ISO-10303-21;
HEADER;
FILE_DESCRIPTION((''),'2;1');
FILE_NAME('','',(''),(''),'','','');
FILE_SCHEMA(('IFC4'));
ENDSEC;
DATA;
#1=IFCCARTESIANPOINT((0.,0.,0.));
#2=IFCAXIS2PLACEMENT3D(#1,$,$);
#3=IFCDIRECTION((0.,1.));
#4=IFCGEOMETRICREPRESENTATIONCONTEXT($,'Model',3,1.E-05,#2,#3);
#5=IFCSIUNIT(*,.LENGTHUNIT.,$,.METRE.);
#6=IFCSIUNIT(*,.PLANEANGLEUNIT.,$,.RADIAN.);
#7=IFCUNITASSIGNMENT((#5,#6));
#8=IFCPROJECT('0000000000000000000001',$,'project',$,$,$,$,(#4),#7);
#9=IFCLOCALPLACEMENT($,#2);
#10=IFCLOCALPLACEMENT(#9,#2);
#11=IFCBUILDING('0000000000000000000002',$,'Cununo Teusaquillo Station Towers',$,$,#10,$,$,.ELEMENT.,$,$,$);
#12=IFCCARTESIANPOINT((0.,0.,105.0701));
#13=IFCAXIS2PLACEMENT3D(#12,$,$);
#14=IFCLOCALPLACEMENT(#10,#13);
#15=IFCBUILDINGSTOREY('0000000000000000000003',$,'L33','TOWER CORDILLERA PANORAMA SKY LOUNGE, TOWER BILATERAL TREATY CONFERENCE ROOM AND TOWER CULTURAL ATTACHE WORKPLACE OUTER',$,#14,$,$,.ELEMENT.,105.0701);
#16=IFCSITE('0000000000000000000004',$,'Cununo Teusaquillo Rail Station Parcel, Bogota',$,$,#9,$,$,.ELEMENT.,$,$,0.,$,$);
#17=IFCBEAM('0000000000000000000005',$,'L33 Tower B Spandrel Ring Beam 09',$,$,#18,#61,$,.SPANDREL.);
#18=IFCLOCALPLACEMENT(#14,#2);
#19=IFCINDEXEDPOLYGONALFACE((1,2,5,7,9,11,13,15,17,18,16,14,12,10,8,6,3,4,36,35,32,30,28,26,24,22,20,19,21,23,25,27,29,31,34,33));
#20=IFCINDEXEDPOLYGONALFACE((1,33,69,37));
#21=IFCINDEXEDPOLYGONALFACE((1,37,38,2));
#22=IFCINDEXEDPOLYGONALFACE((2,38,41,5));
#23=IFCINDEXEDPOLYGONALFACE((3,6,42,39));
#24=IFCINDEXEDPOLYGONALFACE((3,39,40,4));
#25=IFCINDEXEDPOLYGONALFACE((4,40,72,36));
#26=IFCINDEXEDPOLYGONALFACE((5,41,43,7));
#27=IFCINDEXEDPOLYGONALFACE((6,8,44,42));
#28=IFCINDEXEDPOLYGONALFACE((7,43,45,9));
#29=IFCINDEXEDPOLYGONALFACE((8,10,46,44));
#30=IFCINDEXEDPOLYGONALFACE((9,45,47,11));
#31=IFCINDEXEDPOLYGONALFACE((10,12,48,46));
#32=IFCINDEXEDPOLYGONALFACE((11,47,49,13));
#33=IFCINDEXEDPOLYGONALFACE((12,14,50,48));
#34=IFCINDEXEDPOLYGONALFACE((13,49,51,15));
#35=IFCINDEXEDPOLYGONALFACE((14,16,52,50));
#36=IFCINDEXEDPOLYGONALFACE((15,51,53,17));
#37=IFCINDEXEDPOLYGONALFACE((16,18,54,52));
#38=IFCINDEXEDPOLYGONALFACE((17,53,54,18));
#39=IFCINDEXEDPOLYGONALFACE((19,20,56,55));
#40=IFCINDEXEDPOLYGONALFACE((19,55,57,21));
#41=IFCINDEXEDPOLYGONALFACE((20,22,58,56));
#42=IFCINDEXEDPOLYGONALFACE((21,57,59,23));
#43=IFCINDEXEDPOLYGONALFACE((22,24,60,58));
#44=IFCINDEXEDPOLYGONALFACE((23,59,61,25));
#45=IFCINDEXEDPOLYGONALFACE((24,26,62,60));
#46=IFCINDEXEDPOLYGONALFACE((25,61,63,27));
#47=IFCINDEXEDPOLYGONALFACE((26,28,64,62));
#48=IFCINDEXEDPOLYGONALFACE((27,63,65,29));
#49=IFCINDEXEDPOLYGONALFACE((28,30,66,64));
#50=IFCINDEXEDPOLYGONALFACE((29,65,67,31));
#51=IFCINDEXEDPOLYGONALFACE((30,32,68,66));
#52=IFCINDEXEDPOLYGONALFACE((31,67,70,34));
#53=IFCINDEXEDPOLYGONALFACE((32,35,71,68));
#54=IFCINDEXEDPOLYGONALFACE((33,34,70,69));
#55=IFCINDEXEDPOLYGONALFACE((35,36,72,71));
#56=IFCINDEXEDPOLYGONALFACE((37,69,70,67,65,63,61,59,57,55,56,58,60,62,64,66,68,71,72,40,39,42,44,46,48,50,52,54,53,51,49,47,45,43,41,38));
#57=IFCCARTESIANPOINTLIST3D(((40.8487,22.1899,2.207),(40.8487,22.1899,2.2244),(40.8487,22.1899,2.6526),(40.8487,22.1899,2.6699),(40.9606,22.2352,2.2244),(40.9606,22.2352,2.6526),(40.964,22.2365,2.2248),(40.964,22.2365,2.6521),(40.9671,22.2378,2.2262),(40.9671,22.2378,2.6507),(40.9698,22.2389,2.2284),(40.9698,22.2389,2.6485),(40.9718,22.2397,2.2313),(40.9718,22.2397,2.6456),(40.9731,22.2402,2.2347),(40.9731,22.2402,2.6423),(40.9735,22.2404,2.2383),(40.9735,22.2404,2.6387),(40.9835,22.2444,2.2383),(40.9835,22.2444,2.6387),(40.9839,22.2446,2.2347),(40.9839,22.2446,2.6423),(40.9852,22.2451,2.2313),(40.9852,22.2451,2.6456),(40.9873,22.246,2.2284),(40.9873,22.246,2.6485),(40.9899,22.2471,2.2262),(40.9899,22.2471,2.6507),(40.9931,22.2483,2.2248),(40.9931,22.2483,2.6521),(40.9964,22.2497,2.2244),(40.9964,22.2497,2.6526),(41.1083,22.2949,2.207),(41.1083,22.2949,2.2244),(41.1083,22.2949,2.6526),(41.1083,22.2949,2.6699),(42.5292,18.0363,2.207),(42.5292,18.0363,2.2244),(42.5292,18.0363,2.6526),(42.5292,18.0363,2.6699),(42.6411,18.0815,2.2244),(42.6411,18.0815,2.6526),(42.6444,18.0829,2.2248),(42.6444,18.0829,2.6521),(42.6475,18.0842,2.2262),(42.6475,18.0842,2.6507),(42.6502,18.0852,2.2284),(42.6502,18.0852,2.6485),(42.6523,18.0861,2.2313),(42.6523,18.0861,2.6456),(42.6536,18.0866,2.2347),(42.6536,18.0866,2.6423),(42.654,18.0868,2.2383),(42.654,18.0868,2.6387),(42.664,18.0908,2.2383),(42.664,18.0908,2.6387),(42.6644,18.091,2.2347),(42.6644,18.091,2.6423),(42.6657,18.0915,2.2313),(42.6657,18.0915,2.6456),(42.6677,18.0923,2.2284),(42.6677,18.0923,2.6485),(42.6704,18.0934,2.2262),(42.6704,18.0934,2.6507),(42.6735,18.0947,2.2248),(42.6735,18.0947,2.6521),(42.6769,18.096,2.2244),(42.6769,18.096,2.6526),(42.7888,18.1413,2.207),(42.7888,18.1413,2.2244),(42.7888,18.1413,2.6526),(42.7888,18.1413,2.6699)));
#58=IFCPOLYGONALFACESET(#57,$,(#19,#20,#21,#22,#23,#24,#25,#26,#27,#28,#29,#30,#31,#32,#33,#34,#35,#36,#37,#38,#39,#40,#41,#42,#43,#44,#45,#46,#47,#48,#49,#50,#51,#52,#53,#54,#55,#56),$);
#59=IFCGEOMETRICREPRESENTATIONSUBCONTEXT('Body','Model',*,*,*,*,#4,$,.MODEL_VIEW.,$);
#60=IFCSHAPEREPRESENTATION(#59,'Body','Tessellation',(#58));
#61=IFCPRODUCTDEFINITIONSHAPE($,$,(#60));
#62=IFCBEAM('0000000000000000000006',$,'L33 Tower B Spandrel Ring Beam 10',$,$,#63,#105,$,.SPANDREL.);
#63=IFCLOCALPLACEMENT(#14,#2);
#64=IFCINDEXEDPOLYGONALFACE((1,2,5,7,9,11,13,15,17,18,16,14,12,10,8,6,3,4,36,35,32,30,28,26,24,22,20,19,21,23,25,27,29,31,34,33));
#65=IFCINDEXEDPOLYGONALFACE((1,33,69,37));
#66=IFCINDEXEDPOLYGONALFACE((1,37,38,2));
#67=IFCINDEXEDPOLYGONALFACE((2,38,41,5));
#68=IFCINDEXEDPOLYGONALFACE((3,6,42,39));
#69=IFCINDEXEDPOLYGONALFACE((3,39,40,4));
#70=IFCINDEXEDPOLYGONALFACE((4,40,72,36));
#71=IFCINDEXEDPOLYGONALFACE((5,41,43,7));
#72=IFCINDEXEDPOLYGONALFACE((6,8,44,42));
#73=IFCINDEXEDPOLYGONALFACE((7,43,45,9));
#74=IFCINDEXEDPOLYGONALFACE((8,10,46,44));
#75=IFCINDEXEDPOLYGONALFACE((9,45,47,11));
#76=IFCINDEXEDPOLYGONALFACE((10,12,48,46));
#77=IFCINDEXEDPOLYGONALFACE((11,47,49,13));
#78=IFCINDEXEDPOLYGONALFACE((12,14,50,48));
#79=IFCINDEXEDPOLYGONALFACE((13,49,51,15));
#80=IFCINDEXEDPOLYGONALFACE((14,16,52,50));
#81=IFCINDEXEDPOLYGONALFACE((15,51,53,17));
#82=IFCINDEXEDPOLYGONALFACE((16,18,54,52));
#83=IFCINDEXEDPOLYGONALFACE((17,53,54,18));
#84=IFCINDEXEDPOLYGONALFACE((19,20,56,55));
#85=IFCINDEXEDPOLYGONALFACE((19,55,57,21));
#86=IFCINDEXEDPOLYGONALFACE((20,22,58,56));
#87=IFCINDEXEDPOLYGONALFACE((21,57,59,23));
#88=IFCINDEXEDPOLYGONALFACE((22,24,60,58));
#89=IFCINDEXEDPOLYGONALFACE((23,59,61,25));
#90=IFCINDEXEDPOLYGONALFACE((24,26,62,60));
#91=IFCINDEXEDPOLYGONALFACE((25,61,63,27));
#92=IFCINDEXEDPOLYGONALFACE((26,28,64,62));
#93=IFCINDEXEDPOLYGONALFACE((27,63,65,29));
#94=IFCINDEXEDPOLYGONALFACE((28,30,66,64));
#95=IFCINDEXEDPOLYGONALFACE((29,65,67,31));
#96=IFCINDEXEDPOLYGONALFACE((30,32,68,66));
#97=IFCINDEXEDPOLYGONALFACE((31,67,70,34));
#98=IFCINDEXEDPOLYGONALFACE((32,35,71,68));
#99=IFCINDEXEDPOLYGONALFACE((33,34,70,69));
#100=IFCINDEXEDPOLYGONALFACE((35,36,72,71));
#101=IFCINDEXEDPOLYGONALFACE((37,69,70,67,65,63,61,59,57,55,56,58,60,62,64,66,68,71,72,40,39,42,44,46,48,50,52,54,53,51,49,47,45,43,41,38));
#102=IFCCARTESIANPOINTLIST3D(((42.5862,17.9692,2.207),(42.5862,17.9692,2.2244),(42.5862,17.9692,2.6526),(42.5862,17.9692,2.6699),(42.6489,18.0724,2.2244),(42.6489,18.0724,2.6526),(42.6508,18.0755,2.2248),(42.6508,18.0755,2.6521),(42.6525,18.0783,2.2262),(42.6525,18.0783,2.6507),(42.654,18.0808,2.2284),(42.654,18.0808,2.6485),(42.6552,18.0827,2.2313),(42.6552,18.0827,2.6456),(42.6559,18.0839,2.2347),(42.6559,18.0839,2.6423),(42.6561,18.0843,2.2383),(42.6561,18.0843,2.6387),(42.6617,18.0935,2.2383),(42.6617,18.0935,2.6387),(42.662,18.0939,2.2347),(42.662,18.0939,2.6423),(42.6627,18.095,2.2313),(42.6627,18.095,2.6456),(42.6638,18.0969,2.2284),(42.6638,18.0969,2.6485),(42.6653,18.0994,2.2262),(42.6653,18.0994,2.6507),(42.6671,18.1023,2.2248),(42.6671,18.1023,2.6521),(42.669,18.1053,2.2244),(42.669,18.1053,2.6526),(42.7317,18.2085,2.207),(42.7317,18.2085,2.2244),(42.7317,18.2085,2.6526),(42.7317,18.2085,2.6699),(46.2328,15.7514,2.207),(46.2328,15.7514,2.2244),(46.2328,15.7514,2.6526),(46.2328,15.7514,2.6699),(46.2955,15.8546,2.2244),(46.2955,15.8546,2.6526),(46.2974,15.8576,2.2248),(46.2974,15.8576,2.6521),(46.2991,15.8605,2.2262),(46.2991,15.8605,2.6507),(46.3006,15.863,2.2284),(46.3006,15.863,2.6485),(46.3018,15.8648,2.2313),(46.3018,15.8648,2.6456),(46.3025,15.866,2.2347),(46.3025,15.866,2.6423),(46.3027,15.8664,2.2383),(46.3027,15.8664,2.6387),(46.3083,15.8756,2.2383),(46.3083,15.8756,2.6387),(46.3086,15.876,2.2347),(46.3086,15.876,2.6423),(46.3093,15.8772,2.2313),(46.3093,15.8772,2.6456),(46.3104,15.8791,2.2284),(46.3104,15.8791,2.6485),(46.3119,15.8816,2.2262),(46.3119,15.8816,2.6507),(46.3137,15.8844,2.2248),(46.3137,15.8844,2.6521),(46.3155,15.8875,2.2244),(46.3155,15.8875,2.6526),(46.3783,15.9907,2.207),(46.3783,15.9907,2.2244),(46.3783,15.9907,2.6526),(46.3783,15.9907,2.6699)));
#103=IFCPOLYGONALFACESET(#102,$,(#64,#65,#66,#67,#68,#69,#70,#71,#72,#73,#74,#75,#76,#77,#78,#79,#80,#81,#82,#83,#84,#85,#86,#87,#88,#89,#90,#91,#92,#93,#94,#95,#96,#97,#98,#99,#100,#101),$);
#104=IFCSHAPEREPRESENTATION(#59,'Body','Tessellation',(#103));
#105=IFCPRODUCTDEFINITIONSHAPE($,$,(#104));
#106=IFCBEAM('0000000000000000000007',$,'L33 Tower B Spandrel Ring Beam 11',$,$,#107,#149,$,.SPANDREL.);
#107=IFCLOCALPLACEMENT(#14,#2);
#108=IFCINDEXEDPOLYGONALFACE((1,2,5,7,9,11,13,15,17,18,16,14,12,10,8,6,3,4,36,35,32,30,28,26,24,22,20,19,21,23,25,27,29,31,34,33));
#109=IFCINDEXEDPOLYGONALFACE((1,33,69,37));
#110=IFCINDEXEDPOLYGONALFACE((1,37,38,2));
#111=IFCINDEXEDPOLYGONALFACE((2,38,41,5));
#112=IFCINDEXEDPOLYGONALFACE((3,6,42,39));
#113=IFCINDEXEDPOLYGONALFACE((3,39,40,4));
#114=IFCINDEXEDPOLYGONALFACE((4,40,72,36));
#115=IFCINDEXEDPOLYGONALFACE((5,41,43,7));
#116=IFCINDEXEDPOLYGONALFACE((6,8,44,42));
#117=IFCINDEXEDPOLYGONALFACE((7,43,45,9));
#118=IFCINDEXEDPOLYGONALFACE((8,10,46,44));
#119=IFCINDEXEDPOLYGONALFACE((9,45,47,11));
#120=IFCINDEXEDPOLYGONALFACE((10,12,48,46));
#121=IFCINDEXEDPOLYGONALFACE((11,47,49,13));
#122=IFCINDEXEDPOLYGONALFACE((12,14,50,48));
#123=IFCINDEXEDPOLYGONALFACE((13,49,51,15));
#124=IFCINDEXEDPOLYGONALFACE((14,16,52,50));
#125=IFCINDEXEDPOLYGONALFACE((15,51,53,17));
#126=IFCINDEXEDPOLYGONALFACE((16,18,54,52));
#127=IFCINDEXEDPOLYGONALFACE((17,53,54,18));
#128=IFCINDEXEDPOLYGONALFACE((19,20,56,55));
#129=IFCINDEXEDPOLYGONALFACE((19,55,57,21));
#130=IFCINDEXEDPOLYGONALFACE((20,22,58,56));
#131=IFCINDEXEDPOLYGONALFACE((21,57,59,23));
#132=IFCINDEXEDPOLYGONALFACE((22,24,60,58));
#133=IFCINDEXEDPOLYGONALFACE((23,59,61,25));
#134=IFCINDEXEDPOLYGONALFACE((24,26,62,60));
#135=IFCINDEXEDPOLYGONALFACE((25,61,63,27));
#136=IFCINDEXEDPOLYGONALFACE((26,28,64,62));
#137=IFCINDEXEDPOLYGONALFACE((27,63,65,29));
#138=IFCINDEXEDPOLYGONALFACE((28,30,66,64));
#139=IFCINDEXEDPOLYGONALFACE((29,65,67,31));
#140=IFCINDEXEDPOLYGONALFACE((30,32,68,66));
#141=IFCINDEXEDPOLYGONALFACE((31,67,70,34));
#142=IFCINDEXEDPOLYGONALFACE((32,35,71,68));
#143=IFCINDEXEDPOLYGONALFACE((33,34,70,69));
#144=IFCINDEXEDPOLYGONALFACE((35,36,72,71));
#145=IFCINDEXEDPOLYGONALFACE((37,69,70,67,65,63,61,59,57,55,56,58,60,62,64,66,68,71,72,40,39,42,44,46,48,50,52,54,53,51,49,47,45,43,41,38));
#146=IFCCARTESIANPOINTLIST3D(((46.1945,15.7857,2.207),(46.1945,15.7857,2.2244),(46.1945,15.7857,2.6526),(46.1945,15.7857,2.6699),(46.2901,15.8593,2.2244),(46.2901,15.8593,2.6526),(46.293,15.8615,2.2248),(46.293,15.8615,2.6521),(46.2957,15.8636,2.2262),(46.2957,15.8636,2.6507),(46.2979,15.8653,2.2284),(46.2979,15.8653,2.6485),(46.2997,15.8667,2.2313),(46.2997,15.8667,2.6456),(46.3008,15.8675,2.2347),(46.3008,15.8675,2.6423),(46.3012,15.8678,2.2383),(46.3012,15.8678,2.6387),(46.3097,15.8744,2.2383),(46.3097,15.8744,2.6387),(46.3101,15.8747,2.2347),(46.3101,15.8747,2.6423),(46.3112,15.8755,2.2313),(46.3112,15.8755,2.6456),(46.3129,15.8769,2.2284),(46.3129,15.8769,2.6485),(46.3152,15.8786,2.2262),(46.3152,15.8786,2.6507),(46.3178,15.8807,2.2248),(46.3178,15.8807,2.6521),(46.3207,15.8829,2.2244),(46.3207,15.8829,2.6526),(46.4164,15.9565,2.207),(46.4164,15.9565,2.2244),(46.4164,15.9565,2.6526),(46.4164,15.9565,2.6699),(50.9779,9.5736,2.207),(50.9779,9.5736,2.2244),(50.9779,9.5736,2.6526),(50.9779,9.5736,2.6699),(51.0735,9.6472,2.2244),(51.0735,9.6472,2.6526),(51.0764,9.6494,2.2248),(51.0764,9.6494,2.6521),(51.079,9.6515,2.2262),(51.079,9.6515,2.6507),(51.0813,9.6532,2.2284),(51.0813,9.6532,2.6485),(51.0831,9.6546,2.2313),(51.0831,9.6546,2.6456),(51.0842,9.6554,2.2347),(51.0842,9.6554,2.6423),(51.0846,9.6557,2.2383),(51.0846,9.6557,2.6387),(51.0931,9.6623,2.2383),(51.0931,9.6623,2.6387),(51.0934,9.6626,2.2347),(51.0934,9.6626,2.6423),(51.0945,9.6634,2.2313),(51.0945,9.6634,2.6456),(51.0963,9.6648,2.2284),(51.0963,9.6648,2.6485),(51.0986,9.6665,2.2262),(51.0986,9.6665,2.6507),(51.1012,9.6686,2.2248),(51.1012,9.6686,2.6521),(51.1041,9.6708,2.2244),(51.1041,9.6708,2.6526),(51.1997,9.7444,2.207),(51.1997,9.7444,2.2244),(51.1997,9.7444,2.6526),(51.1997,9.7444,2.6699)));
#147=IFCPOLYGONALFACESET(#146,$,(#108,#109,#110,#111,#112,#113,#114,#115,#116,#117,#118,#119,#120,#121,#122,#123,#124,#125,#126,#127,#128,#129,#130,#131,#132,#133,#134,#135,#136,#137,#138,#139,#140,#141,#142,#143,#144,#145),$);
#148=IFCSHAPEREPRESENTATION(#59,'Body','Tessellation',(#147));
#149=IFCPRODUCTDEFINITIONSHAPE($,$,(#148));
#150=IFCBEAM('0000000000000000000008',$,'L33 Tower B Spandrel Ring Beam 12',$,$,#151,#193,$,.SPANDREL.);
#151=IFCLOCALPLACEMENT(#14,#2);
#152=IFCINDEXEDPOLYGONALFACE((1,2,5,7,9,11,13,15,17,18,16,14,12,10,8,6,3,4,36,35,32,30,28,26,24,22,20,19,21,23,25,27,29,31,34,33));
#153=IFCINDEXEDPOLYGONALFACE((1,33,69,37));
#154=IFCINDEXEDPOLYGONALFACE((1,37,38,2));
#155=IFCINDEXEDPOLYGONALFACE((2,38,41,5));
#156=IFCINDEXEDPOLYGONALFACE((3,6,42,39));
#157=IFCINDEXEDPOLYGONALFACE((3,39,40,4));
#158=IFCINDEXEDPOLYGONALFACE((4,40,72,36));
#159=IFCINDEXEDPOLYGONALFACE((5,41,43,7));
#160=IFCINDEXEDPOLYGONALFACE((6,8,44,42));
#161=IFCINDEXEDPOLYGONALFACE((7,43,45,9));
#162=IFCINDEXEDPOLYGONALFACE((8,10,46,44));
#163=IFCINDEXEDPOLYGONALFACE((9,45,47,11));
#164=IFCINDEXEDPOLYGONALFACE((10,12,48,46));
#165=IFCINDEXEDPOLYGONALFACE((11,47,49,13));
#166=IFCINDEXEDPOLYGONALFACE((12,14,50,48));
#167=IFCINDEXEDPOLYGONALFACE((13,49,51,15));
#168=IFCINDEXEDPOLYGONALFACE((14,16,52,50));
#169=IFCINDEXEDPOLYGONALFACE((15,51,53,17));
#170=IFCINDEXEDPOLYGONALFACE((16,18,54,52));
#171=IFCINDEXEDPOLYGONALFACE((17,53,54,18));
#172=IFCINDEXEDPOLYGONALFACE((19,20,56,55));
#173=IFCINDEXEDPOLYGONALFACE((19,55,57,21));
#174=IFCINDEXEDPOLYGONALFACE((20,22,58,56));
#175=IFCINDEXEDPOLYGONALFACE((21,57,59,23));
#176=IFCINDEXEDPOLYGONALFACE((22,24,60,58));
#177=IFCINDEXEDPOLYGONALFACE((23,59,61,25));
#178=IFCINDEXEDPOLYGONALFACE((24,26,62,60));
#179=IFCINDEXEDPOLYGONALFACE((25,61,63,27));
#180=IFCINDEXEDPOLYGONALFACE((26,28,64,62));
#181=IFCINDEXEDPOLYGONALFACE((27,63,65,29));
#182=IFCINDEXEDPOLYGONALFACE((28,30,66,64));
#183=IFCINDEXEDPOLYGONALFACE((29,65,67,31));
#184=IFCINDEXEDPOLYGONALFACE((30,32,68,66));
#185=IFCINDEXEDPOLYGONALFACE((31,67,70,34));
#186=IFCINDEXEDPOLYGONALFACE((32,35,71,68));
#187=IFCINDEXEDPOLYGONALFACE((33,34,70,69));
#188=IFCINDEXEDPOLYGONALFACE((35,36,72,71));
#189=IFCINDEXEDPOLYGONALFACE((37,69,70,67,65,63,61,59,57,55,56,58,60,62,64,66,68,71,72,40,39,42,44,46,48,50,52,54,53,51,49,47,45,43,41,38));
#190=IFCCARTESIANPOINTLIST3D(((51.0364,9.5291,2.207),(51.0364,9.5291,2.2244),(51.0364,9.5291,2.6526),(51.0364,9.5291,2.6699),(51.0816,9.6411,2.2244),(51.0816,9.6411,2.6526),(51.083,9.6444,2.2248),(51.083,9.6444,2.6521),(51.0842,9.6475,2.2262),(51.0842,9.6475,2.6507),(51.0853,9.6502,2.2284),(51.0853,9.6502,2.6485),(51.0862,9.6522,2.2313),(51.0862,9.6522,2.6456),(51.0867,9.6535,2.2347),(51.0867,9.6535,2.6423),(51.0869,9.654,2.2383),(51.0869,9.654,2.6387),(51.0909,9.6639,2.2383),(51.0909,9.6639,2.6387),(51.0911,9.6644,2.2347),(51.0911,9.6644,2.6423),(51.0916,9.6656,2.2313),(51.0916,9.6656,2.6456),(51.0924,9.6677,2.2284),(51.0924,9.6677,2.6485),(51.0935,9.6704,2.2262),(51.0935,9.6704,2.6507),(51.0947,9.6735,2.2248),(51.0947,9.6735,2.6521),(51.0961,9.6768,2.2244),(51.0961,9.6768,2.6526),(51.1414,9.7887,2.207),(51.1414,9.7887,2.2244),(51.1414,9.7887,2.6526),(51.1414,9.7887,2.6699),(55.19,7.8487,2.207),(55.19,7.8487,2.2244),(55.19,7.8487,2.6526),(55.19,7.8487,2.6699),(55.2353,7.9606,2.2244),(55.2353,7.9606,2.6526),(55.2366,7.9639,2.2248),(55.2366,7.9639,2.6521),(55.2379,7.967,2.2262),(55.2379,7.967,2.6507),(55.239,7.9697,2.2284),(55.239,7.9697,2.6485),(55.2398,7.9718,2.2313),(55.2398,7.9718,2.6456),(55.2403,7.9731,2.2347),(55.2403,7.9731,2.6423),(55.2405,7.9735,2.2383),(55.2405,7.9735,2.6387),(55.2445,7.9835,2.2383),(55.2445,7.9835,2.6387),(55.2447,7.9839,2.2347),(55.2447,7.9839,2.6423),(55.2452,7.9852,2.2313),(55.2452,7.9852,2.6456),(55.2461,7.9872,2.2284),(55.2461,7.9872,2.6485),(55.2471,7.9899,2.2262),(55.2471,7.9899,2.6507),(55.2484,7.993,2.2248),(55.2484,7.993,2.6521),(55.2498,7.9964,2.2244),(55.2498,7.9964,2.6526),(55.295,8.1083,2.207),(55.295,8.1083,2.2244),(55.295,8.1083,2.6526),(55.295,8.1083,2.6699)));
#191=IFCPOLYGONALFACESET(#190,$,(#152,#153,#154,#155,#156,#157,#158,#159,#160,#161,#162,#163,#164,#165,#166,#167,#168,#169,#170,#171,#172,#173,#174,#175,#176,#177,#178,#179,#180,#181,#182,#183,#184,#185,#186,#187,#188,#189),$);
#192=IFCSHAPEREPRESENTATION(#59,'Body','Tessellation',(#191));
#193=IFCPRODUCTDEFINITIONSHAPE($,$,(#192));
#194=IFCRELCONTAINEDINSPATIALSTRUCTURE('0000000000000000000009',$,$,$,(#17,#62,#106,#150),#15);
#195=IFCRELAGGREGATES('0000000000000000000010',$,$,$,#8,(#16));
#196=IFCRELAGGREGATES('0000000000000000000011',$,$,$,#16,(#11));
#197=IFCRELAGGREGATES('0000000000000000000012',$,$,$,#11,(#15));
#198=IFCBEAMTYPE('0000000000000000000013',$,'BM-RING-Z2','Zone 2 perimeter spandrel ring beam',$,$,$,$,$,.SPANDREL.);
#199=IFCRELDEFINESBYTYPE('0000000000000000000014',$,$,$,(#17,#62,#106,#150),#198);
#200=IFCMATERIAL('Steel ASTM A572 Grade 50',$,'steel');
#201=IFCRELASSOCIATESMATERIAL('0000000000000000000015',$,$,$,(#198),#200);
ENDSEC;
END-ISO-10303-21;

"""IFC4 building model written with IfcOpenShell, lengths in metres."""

from ifc_helpers import new_model, si_unit, direction, frame, origin, origin_2d, place, context, subcontext, project, spatial, i_section, extrude, material, material_profile, profile_set, type_object, element, save


model = new_model("IFC4")

# Units and contexts
model_context = context("Model", 3, precision=1e-05, world=origin(), true_north=direction((0.0, 1.0)))
body_context = subcontext(model_context, "Body", "Model", "MODEL_VIEW")
ifc_project = project(units=[si_unit("LENGTHUNIT", "METRE"), si_unit("PLANEANGLEUNIT", "RADIAN")], contexts=[model_context])

# Site, building, storey
site_placement = place(None, origin())
site = spatial("IfcSite", under=ifc_project, at=site_placement, Name="Cununo Teusaquillo Rail Station Parcel, Bogota", CompositionType="ELEMENT", RefElevation=0.0)
building_placement = place(site_placement, origin())
building = spatial("IfcBuilding", under=site, at=building_placement, Name="Cununo Teusaquillo Station Towers", CompositionType="ELEMENT")
storey_placement = place(building_placement, frame((0.0, 0.0, 105.0701)))
storey = spatial("IfcBuildingStorey", under=building, at=storey_placement, Name="L33", Description="TOWER CORDILLERA PANORAMA SKY LOUNGE, TOWER BILATERAL TREATY CONFERENCE ROOM AND TOWER CULTURAL ATTACHE WORKPLACE OUTER", CompositionType="ELEMENT", Elevation=105.0701)

# Beams
ifc_material_1 = material(Name="Steel ASTM A572 Grade 50", Category="steel")
ifc_material_profile_1 = material_profile(ifc_material_1, i_section(OverallWidth=0.28, OverallDepth=0.4629, WebThickness=0.0107, FlangeThickness=0.0173, FilletRadius=0.0139, at=origin_2d()), Name="W18X76")
ifc_profile_set_1 = profile_set([ifc_material_profile_1], Name="Steel ASTM A572 Grade 50")
beam_type_1 = type_object("IfcBeamType", Name="BM-RING-Z2", Description="Zone 2 perimeter spandrel ring beam", PredefinedType="SPANDREL", material=ifc_profile_set_1)
beam_1_placement = place(storey_placement, frame((40.9785, 22.2424, 2.4385), z_axis=(0.375042, -0.927008, 0.0), x_axis=(0.927008, 0.375042, 0.0)))
element("IfcBeam", 1, at=beam_1_placement, inside=storey, type_object=beam_type_1, Name="L33 Tower B Spandrel Ring Beam 09", PredefinedType="SPANDREL", context=body_context, shape_type="SweptSolid", body=[
    extrude(i_section(OverallWidth=0.28, OverallDepth=0.4629, WebThickness=0.0107, FlangeThickness=0.0173, FilletRadius=0.0139, at=origin_2d()), origin(), (0.0, 0.0, 1.0), 4.4807),
])
beam_2_placement = place(storey_placement, frame((42.6589, 18.0889, 2.4385), z_axis=(0.854388, -0.519635, 0.0), x_axis=(0.519635, 0.854388, 0.0)))
element("IfcBeam", 2, at=beam_2_placement, inside=storey, type_object=beam_type_1, Name="L33 Tower B Spandrel Ring Beam 10", PredefinedType="SPANDREL", context=body_context, shape_type="SweptSolid", body=[
    extrude(i_section(OverallWidth=0.28, OverallDepth=0.4629, WebThickness=0.0107, FlangeThickness=0.0173, FilletRadius=0.0139, at=origin_2d()), origin(), (0.0, 0.0, 1.0), 4.2681),
])
beam_3_placement = place(storey_placement, frame((46.3054, 15.8711, 2.4385), z_axis=(0.6101, -0.792324, 0.0), x_axis=(0.792324, 0.6101, 0.0)))
element("IfcBeam", 3, at=beam_3_placement, inside=storey, type_object=beam_type_1, Name="L33 Tower B Spandrel Ring Beam 11", PredefinedType="SPANDREL", context=body_context, shape_type="SweptSolid", body=[
    extrude(i_section(OverallWidth=0.28, OverallDepth=0.4629, WebThickness=0.0107, FlangeThickness=0.0173, FilletRadius=0.0139, at=origin_2d()), origin(), (0.0, 0.0, 1.0), 7.8403),
])
beam_4_placement = place(storey_placement, frame((51.0889, 9.6589, 2.4385), z_axis=(0.927008, -0.375042, 0.0), x_axis=(0.375042, 0.927008, 0.0)))
element("IfcBeam", 4, at=beam_4_placement, inside=storey, type_object=beam_type_1, Name="L33 Tower B Spandrel Ring Beam 12", PredefinedType="SPANDREL", context=body_context, shape_type="SweptSolid", body=[
    extrude(i_section(OverallWidth=0.28, OverallDepth=0.4629, WebThickness=0.0107, FlangeThickness=0.0173, FilletRadius=0.0139, at=origin_2d()), origin(), (0.0, 0.0, 1.0), 4.4807),
])

save(model, "model.ifc")
